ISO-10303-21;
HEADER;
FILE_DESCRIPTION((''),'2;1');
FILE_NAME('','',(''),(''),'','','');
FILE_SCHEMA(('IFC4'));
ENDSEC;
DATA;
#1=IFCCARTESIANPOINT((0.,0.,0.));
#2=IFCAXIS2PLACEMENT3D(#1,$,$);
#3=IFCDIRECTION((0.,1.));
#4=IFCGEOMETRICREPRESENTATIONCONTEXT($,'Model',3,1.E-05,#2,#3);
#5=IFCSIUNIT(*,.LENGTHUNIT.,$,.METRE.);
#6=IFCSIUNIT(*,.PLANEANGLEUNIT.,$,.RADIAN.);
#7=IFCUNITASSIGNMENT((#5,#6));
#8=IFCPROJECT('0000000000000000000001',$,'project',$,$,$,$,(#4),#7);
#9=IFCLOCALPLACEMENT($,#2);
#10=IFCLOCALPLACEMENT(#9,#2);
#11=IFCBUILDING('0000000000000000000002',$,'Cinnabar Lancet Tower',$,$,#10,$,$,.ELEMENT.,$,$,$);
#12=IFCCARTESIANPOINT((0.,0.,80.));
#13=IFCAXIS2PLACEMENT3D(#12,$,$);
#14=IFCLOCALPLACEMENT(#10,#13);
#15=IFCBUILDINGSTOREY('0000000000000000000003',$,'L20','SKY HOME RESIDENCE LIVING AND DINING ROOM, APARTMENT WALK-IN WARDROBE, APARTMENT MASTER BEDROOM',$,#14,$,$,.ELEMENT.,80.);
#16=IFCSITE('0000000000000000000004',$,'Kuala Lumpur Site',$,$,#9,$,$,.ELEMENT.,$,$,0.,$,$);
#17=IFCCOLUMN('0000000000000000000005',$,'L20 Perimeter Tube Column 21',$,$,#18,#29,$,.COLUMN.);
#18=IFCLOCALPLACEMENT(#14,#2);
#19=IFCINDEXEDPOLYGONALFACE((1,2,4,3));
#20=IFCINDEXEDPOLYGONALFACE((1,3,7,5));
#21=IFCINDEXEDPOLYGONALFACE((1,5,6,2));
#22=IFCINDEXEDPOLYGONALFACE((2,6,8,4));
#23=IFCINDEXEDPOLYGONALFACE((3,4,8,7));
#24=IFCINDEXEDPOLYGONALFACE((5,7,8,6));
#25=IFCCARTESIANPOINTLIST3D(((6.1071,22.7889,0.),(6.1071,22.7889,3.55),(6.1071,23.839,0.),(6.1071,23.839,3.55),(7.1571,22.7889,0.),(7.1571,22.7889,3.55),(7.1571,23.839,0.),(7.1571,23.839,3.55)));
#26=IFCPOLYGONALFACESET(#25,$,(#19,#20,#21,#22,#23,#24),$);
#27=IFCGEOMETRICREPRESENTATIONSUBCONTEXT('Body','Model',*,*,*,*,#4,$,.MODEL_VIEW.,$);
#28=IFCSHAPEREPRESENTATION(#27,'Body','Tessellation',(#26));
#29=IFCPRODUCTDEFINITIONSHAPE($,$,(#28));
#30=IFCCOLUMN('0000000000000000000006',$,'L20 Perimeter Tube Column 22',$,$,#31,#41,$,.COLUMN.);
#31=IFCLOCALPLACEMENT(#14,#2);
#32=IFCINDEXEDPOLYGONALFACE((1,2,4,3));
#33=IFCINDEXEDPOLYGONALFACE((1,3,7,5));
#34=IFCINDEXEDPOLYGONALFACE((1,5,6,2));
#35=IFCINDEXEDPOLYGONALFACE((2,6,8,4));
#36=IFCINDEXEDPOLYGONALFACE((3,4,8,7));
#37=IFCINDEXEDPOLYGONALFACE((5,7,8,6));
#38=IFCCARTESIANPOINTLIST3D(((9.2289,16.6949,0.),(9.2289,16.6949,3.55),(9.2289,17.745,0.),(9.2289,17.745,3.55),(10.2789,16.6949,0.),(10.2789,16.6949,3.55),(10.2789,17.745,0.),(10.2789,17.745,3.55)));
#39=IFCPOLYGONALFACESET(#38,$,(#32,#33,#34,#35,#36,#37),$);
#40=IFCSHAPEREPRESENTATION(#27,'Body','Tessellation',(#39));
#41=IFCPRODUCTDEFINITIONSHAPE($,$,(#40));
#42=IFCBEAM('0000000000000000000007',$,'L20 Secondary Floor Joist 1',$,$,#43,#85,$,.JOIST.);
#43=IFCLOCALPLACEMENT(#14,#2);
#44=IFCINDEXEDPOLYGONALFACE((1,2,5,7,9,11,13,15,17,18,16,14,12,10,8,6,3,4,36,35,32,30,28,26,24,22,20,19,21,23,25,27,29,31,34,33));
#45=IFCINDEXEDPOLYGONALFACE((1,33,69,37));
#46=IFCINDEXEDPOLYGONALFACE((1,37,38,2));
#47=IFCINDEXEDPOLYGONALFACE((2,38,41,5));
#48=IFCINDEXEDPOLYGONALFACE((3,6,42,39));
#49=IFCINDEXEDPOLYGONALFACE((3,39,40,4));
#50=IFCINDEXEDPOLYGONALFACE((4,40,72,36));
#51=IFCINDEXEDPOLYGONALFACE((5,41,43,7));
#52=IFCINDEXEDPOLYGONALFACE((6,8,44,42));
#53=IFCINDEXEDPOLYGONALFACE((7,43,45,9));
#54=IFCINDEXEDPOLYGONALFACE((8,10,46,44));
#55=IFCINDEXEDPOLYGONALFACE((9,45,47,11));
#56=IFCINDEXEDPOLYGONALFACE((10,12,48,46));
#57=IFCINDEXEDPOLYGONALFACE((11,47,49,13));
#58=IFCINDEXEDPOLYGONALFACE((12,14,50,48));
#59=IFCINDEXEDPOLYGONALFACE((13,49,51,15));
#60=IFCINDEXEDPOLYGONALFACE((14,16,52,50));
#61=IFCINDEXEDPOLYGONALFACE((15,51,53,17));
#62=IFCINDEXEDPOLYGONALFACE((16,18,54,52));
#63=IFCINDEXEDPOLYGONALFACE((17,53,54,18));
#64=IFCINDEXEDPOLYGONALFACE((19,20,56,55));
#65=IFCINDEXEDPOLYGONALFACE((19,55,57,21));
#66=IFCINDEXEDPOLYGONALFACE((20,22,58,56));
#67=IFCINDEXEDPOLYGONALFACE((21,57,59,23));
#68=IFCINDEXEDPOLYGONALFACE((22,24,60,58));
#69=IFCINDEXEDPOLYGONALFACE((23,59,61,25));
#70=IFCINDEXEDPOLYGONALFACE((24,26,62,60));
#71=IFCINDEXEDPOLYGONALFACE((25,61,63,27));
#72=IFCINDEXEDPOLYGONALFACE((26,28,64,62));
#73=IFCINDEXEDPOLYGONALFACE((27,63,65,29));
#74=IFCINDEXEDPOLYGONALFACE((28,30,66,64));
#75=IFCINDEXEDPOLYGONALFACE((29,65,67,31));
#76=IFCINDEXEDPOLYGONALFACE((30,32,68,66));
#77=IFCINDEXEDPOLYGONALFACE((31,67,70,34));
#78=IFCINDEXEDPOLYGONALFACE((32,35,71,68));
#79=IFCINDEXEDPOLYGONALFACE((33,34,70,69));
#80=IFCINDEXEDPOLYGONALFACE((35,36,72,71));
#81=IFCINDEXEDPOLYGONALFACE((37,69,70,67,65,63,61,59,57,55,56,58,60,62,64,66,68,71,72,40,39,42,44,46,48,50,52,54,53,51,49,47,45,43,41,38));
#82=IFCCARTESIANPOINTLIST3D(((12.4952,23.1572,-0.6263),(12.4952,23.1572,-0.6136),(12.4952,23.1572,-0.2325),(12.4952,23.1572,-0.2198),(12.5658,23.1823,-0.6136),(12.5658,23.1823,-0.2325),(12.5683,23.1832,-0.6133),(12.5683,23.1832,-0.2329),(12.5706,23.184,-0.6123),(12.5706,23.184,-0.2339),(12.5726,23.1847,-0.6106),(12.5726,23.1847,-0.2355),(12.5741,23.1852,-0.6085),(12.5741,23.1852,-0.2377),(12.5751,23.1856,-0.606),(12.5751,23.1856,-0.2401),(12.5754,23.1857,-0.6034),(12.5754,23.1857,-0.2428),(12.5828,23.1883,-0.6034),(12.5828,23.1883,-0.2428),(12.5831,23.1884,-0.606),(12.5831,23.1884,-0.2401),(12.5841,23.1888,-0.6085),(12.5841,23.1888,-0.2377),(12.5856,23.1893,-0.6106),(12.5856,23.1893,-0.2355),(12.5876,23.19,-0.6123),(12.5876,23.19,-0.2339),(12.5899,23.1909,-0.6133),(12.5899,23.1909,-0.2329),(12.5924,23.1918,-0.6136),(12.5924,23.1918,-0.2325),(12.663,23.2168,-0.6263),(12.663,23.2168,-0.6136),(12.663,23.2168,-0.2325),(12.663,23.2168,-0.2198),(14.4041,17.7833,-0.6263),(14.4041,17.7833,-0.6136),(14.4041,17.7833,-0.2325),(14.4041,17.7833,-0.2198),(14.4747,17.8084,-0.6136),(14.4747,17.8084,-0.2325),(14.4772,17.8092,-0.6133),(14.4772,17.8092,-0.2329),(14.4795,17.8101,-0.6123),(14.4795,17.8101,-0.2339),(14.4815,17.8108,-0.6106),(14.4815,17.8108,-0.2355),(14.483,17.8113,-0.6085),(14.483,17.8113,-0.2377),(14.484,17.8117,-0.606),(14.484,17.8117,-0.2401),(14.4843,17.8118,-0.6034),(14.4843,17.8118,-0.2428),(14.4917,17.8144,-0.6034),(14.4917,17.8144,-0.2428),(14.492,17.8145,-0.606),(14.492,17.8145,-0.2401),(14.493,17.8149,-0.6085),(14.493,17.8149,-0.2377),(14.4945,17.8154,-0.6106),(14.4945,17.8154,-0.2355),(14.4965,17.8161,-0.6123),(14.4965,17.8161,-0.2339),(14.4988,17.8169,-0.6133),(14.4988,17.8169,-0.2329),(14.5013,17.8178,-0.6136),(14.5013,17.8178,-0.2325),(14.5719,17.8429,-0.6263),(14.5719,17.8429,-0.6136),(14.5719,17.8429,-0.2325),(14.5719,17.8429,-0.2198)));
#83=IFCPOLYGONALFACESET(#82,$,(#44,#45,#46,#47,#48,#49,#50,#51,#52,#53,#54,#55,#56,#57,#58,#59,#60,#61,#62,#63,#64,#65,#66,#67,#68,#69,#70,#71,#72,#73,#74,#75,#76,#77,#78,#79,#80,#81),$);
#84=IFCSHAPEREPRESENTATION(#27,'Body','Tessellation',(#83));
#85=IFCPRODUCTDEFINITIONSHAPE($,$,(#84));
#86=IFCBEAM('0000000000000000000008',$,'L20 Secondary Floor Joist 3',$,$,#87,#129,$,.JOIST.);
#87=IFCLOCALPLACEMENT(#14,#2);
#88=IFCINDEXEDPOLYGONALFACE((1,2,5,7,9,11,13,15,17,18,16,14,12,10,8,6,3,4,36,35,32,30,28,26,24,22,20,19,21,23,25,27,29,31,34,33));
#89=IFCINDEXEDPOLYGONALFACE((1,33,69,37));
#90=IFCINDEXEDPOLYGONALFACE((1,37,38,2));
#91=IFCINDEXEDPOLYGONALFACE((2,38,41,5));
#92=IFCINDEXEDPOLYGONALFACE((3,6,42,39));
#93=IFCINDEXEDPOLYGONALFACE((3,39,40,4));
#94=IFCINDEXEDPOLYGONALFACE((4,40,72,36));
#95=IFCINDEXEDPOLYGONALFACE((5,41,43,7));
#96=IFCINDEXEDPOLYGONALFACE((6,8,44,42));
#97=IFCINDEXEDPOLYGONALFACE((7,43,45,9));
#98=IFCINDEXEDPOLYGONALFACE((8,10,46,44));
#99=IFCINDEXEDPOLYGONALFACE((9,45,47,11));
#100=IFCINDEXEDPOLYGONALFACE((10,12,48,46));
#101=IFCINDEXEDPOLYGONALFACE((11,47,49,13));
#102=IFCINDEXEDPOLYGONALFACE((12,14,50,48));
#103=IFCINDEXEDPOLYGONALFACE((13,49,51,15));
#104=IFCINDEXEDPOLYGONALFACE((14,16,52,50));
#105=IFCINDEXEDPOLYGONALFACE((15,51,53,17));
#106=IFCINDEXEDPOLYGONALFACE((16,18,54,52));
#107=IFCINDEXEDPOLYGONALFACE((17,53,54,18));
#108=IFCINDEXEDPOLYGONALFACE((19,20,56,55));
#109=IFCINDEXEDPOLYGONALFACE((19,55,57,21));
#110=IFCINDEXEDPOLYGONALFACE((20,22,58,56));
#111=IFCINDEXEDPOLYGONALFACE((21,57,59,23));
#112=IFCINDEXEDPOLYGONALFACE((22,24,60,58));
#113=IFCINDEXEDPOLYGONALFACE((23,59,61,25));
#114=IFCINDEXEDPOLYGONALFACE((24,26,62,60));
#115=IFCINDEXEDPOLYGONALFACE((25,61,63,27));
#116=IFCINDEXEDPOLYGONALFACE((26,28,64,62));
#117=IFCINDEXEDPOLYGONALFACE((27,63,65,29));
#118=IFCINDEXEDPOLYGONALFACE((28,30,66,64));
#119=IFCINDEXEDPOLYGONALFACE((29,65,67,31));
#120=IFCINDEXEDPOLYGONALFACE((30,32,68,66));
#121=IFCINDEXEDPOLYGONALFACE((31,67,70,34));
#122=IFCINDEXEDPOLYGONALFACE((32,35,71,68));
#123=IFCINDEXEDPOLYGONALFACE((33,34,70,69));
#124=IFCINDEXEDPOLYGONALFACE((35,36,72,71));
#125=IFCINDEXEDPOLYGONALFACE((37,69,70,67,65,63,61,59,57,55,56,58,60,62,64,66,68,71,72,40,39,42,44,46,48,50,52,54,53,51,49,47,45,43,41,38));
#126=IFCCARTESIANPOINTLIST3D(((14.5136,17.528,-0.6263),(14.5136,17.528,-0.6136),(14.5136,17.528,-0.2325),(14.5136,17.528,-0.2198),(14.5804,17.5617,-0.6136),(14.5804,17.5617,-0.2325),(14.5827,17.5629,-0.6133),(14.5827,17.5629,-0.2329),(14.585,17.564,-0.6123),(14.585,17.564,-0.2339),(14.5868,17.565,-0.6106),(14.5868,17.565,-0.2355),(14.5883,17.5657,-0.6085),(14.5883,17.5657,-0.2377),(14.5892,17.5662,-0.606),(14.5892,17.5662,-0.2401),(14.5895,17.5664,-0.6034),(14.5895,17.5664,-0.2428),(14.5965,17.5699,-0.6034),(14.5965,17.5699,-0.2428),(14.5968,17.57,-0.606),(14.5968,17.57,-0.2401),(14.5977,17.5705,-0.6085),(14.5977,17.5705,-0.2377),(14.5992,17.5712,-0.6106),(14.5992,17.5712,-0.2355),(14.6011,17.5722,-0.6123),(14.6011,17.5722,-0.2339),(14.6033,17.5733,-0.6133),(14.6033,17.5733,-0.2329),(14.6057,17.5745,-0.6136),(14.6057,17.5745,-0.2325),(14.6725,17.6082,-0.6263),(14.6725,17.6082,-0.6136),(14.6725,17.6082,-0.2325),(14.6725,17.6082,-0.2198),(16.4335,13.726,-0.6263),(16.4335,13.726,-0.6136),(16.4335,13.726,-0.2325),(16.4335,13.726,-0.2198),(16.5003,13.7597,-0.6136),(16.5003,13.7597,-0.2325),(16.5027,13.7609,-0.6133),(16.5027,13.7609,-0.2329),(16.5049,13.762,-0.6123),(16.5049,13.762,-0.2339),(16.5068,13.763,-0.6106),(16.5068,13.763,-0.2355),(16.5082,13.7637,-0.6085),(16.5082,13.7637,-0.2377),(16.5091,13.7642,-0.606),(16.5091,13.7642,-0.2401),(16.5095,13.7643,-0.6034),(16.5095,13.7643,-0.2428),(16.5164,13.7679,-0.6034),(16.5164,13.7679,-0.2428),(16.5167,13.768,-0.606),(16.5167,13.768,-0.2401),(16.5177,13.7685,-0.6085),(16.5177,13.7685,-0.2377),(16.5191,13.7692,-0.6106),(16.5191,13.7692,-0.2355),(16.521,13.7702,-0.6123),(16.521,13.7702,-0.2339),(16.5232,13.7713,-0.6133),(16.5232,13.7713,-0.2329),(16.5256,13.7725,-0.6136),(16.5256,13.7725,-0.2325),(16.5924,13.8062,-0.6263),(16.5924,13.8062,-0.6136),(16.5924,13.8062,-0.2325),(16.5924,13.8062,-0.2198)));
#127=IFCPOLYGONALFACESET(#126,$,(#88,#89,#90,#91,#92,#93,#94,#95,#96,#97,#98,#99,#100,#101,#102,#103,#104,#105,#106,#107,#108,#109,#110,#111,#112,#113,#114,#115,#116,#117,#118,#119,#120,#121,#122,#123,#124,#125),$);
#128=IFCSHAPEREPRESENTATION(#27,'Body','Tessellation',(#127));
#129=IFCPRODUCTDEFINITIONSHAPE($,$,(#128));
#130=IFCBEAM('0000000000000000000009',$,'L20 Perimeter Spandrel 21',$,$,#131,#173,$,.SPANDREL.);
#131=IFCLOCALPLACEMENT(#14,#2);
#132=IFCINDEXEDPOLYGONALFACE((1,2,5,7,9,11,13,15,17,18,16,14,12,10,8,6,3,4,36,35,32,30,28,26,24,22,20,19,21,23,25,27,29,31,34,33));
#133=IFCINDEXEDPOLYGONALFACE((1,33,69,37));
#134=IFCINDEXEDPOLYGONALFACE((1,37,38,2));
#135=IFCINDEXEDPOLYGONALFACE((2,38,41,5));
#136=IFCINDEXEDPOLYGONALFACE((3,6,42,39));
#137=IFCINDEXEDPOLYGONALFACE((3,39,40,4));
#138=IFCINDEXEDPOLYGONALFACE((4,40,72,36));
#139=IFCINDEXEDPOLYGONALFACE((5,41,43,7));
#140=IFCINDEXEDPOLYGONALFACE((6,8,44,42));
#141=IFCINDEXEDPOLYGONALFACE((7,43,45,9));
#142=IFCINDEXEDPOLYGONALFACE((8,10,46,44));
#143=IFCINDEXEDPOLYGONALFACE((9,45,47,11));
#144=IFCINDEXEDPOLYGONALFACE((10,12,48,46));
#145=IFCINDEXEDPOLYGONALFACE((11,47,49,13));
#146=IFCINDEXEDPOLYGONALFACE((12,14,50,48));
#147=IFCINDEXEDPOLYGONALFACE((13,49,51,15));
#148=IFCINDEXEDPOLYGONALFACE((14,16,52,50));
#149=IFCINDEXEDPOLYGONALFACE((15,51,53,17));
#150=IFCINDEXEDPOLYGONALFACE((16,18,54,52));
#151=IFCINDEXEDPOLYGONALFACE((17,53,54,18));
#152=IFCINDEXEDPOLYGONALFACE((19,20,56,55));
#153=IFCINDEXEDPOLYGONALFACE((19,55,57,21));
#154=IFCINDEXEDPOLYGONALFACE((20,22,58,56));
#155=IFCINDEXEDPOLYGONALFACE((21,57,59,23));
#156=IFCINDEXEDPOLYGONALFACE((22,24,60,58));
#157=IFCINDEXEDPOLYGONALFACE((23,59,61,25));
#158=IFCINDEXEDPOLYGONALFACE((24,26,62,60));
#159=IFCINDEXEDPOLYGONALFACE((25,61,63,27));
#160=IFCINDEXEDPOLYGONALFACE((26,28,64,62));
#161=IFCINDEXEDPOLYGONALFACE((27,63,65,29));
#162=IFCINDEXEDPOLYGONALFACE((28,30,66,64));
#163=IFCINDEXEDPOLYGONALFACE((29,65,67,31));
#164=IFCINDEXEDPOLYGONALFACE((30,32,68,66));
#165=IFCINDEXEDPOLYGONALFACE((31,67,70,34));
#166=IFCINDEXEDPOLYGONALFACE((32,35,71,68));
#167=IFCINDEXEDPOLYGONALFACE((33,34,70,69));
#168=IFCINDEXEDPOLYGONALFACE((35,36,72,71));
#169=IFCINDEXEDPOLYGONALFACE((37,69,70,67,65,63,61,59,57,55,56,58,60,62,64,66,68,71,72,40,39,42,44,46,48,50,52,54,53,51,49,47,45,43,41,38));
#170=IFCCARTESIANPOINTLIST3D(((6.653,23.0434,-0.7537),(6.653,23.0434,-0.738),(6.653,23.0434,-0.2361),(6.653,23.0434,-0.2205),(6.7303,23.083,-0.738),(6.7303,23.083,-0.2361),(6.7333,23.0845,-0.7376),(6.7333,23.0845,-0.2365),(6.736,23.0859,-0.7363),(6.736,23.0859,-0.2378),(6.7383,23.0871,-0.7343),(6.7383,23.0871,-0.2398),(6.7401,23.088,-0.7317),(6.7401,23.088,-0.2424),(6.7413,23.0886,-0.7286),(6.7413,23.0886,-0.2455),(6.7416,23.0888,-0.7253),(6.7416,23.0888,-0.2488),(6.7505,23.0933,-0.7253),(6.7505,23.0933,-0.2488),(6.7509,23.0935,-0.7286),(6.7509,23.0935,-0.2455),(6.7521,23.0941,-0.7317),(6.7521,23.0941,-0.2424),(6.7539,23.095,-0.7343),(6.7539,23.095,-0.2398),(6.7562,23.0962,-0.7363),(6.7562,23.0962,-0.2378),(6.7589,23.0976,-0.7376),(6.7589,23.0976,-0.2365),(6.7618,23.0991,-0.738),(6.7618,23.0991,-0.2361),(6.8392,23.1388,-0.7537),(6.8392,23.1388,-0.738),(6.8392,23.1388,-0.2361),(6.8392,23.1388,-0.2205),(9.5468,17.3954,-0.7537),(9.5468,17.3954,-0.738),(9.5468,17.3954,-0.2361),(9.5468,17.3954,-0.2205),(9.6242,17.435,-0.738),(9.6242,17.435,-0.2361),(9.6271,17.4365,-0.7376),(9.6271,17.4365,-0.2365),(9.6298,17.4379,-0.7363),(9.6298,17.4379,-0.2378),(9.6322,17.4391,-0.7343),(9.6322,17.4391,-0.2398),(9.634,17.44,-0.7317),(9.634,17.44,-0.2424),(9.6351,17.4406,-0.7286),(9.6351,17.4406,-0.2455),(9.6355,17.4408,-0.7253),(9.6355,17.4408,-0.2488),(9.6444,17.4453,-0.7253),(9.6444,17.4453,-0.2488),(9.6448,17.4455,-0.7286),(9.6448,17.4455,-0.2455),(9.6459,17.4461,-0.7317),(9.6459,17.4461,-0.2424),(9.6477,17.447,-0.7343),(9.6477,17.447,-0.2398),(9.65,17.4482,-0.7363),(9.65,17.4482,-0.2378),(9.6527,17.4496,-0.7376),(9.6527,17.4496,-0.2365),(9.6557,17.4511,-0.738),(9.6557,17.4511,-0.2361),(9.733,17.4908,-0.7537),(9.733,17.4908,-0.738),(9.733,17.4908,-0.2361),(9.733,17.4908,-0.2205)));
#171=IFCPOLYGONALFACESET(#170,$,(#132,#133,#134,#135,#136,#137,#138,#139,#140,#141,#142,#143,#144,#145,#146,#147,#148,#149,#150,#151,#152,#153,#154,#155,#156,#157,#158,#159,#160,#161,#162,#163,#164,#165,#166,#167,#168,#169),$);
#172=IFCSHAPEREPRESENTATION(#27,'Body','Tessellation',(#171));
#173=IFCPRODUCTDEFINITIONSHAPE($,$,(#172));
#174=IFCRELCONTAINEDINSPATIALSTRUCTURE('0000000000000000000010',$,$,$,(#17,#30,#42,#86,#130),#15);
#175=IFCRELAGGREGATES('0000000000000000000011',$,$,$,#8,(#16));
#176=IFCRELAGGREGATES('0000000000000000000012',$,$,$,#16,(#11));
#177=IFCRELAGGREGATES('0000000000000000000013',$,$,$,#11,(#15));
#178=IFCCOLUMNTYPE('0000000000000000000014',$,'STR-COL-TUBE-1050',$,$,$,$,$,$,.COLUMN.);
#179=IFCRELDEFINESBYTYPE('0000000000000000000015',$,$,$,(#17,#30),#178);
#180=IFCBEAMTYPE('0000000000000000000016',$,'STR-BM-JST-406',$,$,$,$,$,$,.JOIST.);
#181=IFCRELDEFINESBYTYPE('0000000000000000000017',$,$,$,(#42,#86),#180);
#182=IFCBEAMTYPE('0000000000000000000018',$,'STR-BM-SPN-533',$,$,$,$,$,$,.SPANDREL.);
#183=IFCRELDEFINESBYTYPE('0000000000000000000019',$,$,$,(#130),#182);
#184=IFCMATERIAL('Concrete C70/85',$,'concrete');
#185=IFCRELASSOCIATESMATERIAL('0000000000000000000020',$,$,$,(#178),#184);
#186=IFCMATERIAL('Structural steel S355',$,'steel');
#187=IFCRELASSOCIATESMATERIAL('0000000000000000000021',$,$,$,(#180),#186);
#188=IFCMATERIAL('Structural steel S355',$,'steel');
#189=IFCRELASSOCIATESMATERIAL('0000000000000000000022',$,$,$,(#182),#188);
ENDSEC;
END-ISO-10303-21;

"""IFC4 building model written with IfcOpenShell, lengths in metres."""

from ifc_helpers import new_model, si_unit, direction, frame, origin, origin_2d, place, context, subcontext, project, spatial, rectangle, i_section, extrude, material, material_profile, profile_set, type_object, element, save


model = new_model("IFC4")

# Units and contexts
model_context = context("Model", 3, precision=1e-05, world=origin(), true_north=direction((0.0, 1.0)))
body_context = subcontext(model_context, "Body", "Model", "MODEL_VIEW")
ifc_project = project(units=[si_unit("LENGTHUNIT", "METRE"), si_unit("PLANEANGLEUNIT", "RADIAN")], contexts=[model_context])

# Site, building, storey
site_placement = place(None, origin())
site = spatial("IfcSite", under=ifc_project, at=site_placement, Name="Kuala Lumpur Site", CompositionType="ELEMENT", RefElevation=0.0)
building_placement = place(site_placement, origin())
building = spatial("IfcBuilding", under=site, at=building_placement, Name="Cinnabar Lancet Tower", CompositionType="ELEMENT")
storey_placement = place(building_placement, frame((0.0, 0.0, 80.0)))
storey = spatial("IfcBuildingStorey", under=building, at=storey_placement, Name="L20", Description="SKY HOME RESIDENCE LIVING AND DINING ROOM, APARTMENT WALK-IN WARDROBE, APARTMENT MASTER BEDROOM", CompositionType="ELEMENT", Elevation=80.0)

# Columns
ifc_material_1 = material(Name="Concrete C70/85", Category="concrete")
ifc_material_profile_1 = material_profile(ifc_material_1, rectangle(XDim=1.05, YDim=1.05, at=origin_2d()), Name="RC-COL 1050x1050")
ifc_profile_set_1 = profile_set([ifc_material_profile_1], Name="Concrete C70/85")
column_type = type_object("IfcColumnType", Name="STR-COL-TUBE-1050", PredefinedType="COLUMN", material=ifc_profile_set_1)
for number, where, z_axis, x_axis, name in (
    (1, (6.6321, 23.314, 0.0), (0.0, 0.0, 1.0), (1.0, 0.0, 0.0), "L20 Perimeter Tube Column 21"),
    (2, (9.7539, 17.22, 0.0), (0.0, 0.0, 1.0), (1.0, 0.0, 0.0), "L20 Perimeter Tube Column 22"),
):
    element("IfcColumn", number, at=place(storey_placement, frame(where, z_axis=z_axis, x_axis=x_axis)), inside=storey, type_object=column_type, Name=name, PredefinedType="COLUMN", context=body_context, shape_type="SweptSolid", body=[
        extrude(rectangle(XDim=1.05, YDim=1.05, at=origin_2d()), origin(), (0.0, 0.0, 1.0), 3.55),
    ])

# Beams
ifc_material_2 = material(Name="Structural steel S355", Category="steel")
ifc_material_profile_2 = material_profile(ifc_material_2, i_section(OverallWidth=0.178, OverallDepth=0.4065, WebThickness=0.0078, FlangeThickness=0.0127, FilletRadius=0.0103, at=origin_2d()), Name="UKB 406x178x60")
ifc_profile_set_2 = profile_set([ifc_material_profile_2], Name="Structural steel S355")
beam_type_1 = type_object("IfcBeamType", Name="STR-BM-JST-406", PredefinedType="JOIST", material=ifc_profile_set_2)
beam_1_placement = place(storey_placement, frame((12.5791, 23.187, -0.4231), z_axis=(0.334725, -0.942316, 0.0), x_axis=(0.942316, 0.334725, 0.0)))
element("IfcBeam", 3, at=beam_1_placement, inside=storey, type_object=beam_type_1, Name="L20 Secondary Floor Joist 1", PredefinedType="JOIST", context=body_context, shape_type="SweptSolid", body=[
    extrude(i_section(OverallWidth=0.178, OverallDepth=0.4065, WebThickness=0.0078, FlangeThickness=0.0127, FilletRadius=0.0103, at=origin_2d()), origin(), (0.0, 0.0, 1.0), 5.7029),
])
beam_2_placement = place(storey_placement, frame((14.593, 17.5681, -0.4231), z_axis=(0.450764, -0.892643, 0.0), x_axis=(0.892643, 0.450764, 0.0)))
element("IfcBeam", 4, at=beam_2_placement, inside=storey, type_object=beam_type_1, Name="L20 Secondary Floor Joist 3", PredefinedType="JOIST", context=body_context, shape_type="SweptSolid", body=[
    extrude(i_section(OverallWidth=0.178, OverallDepth=0.4065, WebThickness=0.0078, FlangeThickness=0.0127, FilletRadius=0.0103, at=origin_2d()), origin(), (0.0, 0.0, 1.0), 4.2593),
])
ifc_material_3 = material(Name="Structural steel S355", Category="steel")
ifc_material_profile_3 = material_profile(ifc_material_3, i_section(OverallWidth=0.2092, OverallDepth=0.5332, WebThickness=0.01, FlangeThickness=0.0156, FilletRadius=0.0127, at=origin_2d()), Name="UKB 533x210x92")
ifc_profile_set_3 = profile_set([ifc_material_profile_3], Name="Structural steel S355")
beam_type_2 = type_object("IfcBeamType", Name="STR-BM-SPN-533", PredefinedType="SPANDREL", material=ifc_profile_set_3)
beam_3_placement = place(storey_placement, frame((6.7461, 23.0911, -0.4871), z_axis=(0.455994, -0.889983, 0.0), x_axis=(0.889983, 0.455994, 0.0)))
element("IfcBeam", 5, at=beam_3_placement, inside=storey, type_object=beam_type_2, Name="L20 Perimeter Spandrel 21", PredefinedType="SPANDREL", context=body_context, shape_type="SweptSolid", body=[
    extrude(i_section(OverallWidth=0.2092, OverallDepth=0.5332, WebThickness=0.01, FlangeThickness=0.0156, FilletRadius=0.0127, at=origin_2d()), origin(), (0.0, 0.0, 1.0), 6.3462),
])

save(model, "model.ifc")
